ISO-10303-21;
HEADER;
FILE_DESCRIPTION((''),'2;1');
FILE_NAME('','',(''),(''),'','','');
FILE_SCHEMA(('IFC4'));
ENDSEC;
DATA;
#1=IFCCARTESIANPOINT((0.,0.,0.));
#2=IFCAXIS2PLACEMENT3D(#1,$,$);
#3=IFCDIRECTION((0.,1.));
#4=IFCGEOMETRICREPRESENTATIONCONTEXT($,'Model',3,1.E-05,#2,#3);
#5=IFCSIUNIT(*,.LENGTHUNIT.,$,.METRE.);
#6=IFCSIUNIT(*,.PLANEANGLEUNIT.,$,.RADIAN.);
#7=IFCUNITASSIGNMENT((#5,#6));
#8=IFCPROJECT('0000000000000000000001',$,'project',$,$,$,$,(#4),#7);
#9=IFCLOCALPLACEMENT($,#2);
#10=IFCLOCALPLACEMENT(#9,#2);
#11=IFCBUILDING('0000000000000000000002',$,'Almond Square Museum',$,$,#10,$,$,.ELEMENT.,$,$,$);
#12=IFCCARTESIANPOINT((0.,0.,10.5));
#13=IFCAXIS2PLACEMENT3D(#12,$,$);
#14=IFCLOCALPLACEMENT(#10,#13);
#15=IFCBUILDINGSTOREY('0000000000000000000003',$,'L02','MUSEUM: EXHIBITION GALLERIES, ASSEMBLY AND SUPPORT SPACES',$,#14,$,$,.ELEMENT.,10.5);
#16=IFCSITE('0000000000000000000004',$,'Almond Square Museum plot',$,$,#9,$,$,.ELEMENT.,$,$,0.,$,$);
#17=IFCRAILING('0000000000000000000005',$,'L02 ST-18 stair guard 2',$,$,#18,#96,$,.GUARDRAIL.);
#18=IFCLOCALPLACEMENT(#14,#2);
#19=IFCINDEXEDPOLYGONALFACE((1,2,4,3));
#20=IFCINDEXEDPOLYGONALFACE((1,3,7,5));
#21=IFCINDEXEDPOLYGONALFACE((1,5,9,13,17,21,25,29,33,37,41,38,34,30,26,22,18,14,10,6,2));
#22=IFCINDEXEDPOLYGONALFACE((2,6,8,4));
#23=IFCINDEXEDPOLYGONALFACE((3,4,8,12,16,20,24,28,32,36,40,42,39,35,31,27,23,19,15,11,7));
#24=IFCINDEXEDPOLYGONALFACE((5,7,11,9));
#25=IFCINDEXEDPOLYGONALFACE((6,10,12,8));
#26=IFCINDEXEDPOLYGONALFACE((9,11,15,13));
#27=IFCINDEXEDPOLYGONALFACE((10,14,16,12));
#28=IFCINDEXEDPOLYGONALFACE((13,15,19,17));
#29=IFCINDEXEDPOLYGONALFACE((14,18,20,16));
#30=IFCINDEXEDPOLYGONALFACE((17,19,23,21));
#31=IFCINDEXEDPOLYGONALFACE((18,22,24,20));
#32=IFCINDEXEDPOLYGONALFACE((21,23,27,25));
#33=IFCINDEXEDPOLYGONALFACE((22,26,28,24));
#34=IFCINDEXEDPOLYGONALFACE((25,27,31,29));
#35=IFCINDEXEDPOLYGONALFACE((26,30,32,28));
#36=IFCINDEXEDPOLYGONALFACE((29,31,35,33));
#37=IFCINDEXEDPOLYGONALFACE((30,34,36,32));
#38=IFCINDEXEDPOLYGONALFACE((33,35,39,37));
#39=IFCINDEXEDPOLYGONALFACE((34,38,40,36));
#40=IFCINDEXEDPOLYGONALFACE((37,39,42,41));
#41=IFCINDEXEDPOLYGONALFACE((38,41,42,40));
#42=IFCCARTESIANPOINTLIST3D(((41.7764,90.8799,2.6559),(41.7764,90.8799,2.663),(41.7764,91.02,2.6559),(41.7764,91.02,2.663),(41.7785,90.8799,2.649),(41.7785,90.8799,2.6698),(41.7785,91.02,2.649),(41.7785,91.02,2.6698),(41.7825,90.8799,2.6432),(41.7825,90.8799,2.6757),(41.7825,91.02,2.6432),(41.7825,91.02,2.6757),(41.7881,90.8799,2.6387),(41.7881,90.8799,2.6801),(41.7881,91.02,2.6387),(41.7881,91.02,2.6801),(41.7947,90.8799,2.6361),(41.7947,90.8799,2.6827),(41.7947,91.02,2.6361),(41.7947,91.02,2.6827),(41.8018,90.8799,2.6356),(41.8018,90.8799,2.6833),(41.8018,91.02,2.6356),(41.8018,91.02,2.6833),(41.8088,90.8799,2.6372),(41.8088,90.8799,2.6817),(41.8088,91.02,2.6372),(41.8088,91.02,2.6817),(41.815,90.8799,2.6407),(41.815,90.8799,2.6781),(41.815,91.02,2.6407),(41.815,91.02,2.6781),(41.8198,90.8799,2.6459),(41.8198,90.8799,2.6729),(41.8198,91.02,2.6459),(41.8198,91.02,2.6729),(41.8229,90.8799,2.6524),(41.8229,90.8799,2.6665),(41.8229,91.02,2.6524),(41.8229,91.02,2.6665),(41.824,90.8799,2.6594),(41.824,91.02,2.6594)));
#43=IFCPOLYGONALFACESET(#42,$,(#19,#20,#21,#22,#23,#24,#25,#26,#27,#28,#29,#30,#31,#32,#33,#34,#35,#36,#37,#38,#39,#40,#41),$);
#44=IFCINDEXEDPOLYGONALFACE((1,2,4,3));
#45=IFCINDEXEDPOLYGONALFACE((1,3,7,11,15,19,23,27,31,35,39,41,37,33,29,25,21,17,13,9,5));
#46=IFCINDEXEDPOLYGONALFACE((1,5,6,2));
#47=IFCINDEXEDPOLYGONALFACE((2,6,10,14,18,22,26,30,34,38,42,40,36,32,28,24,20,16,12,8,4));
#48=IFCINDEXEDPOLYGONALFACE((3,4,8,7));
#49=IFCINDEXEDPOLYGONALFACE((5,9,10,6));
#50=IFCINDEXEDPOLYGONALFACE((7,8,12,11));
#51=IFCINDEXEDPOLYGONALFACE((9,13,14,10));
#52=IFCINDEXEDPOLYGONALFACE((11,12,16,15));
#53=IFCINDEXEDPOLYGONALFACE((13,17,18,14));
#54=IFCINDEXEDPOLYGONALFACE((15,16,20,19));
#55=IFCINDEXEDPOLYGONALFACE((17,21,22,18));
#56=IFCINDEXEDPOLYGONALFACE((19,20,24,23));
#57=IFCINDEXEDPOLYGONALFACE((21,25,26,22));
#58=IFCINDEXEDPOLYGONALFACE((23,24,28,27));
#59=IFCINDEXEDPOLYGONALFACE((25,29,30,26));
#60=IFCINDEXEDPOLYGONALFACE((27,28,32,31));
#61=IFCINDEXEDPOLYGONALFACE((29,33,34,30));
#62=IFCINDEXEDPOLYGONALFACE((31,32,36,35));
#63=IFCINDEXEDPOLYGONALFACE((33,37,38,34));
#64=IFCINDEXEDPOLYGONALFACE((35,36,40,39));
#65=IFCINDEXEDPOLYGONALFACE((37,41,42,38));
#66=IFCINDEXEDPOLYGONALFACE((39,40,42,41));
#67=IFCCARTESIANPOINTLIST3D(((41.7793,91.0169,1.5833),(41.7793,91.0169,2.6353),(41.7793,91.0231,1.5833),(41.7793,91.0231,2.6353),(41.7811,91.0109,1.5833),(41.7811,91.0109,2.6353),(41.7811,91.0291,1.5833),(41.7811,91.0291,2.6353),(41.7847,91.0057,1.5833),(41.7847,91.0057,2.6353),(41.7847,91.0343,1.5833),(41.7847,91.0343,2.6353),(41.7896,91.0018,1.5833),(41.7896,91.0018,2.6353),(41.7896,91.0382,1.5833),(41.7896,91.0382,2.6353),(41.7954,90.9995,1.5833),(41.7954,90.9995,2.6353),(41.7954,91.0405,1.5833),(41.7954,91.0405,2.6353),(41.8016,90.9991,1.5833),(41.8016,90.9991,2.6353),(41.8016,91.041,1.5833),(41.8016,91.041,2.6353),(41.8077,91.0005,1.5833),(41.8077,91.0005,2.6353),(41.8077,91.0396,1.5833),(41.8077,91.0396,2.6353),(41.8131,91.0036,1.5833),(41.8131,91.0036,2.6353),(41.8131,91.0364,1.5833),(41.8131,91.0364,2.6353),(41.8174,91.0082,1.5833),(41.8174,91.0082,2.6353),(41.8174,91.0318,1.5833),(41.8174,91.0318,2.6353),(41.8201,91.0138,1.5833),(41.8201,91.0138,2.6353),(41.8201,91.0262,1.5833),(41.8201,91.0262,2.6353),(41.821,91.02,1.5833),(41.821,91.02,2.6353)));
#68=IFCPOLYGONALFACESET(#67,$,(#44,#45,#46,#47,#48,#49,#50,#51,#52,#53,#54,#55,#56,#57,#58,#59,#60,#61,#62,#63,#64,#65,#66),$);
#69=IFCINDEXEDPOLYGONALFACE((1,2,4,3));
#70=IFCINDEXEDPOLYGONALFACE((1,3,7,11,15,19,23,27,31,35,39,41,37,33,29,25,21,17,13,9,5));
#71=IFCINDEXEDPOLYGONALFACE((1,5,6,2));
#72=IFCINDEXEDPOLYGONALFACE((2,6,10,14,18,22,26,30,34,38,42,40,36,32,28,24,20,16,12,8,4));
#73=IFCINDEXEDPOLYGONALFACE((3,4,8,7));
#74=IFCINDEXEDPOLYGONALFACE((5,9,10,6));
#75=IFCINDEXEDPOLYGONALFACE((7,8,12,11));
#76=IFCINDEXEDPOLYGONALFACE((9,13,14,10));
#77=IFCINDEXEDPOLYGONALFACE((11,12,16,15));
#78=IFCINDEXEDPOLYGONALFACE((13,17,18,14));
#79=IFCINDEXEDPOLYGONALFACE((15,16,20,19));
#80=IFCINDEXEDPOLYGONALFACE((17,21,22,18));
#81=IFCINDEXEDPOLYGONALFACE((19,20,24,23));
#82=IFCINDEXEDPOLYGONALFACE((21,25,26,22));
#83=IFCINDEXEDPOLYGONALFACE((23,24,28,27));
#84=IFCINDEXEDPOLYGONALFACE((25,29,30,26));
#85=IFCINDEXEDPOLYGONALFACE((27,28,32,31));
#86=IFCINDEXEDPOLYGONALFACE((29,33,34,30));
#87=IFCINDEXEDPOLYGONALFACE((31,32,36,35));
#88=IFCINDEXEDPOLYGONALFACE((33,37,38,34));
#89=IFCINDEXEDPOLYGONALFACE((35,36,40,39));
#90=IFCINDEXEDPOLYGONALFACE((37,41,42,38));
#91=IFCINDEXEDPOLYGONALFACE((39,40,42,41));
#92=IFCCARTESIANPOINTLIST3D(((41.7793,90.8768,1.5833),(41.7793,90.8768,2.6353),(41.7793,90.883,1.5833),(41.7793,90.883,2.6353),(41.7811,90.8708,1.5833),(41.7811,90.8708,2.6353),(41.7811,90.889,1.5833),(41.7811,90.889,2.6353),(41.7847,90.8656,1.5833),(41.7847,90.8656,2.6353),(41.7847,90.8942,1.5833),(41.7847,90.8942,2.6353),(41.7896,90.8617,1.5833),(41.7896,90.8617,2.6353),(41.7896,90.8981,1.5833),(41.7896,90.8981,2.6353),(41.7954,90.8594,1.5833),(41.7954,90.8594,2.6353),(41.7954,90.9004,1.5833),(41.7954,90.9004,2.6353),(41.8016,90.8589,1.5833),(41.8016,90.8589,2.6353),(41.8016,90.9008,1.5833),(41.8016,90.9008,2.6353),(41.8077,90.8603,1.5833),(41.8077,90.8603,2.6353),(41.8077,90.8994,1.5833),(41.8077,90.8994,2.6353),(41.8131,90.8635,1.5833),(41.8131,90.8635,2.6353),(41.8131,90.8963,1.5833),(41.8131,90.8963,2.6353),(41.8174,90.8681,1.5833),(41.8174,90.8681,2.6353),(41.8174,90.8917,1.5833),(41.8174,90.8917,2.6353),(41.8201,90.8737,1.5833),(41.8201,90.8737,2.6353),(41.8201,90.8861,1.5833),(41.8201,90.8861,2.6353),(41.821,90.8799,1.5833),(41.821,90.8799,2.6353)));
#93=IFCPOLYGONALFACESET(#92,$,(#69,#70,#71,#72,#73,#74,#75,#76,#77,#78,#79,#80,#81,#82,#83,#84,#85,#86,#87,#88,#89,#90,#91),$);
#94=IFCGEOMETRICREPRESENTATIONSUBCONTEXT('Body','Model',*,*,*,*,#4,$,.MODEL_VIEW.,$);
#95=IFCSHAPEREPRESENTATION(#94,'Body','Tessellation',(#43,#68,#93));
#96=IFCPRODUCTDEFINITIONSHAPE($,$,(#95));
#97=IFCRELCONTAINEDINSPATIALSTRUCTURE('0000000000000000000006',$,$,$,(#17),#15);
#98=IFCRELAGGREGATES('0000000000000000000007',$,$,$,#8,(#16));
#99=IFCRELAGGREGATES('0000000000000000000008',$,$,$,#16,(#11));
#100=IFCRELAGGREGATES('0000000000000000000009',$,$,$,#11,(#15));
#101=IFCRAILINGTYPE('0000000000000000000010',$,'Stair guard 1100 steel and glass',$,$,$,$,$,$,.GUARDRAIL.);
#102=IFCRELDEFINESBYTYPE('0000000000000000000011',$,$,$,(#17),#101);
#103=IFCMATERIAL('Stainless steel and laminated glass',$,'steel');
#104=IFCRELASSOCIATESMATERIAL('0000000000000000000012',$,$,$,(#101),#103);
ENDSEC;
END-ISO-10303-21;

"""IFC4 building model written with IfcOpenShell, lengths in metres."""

from ifc_helpers import new_model, si_unit, direction, frame, origin, origin_2d, place, context, subcontext, project, spatial, circle, extrude, material, type_object, element, save


model = new_model("IFC4")

# Units and contexts
model_context = context("Model", 3, precision=1e-05, world=origin(), true_north=direction((0.0, 1.0)))
body_context = subcontext(model_context, "Body", "Model", "MODEL_VIEW")
ifc_project = project(units=[si_unit("LENGTHUNIT", "METRE"), si_unit("PLANEANGLEUNIT", "RADIAN")], contexts=[model_context])

# Site, building, storey
site_placement = place(None, origin())
site = spatial("IfcSite", under=ifc_project, at=site_placement, Name="Almond Square Museum plot", CompositionType="ELEMENT", RefElevation=0.0)
building_placement = place(site_placement, origin())
building = spatial("IfcBuilding", under=site, at=building_placement, Name="Almond Square Museum", CompositionType="ELEMENT")
storey_placement = place(building_placement, frame((0.0, 0.0, 10.5)))
storey = spatial("IfcBuildingStorey", under=building, at=storey_placement, Name="L02", Description="MUSEUM: EXHIBITION GALLERIES, ASSEMBLY AND SUPPORT SPACES", CompositionType="ELEMENT", Elevation=10.5)

# Railing
ifc_material_1 = material(Name="Stainless steel and laminated glass", Category="steel")
railing_type_1 = type_object("IfcRailingType", Name="Stair guard 1100 steel and glass", PredefinedType="GUARDRAIL", material=ifc_material_1)
railing_1_placement = place(storey_placement, frame((41.8, 91.02, 1.5833)))
element("IfcRailing", 1, at=railing_1_placement, inside=storey, type_object=railing_type_1, Name="L02 ST-18 stair guard 2", PredefinedType="GUARDRAIL", context=body_context, shape_type="SweptSolid", body=[
    extrude(circle(Radius=0.0239, at=origin_2d()), frame((0.0, 0.0, 1.0762), z_axis=(0.0, -1.0, 0.0), x_axis=(1.0, 0.0, 0.0)), (0.0, 0.0, 1.0), 0.1401),
    extrude(circle(Radius=0.021, at=origin_2d()), origin(), (0.0, 0.0, 1.0), 1.052),
    extrude(circle(Radius=0.021, at=origin_2d()), frame((0.0, -0.1401, 0.0)), (0.0, 0.0, 1.0), 1.052),
])

save(model, "model.ifc")
